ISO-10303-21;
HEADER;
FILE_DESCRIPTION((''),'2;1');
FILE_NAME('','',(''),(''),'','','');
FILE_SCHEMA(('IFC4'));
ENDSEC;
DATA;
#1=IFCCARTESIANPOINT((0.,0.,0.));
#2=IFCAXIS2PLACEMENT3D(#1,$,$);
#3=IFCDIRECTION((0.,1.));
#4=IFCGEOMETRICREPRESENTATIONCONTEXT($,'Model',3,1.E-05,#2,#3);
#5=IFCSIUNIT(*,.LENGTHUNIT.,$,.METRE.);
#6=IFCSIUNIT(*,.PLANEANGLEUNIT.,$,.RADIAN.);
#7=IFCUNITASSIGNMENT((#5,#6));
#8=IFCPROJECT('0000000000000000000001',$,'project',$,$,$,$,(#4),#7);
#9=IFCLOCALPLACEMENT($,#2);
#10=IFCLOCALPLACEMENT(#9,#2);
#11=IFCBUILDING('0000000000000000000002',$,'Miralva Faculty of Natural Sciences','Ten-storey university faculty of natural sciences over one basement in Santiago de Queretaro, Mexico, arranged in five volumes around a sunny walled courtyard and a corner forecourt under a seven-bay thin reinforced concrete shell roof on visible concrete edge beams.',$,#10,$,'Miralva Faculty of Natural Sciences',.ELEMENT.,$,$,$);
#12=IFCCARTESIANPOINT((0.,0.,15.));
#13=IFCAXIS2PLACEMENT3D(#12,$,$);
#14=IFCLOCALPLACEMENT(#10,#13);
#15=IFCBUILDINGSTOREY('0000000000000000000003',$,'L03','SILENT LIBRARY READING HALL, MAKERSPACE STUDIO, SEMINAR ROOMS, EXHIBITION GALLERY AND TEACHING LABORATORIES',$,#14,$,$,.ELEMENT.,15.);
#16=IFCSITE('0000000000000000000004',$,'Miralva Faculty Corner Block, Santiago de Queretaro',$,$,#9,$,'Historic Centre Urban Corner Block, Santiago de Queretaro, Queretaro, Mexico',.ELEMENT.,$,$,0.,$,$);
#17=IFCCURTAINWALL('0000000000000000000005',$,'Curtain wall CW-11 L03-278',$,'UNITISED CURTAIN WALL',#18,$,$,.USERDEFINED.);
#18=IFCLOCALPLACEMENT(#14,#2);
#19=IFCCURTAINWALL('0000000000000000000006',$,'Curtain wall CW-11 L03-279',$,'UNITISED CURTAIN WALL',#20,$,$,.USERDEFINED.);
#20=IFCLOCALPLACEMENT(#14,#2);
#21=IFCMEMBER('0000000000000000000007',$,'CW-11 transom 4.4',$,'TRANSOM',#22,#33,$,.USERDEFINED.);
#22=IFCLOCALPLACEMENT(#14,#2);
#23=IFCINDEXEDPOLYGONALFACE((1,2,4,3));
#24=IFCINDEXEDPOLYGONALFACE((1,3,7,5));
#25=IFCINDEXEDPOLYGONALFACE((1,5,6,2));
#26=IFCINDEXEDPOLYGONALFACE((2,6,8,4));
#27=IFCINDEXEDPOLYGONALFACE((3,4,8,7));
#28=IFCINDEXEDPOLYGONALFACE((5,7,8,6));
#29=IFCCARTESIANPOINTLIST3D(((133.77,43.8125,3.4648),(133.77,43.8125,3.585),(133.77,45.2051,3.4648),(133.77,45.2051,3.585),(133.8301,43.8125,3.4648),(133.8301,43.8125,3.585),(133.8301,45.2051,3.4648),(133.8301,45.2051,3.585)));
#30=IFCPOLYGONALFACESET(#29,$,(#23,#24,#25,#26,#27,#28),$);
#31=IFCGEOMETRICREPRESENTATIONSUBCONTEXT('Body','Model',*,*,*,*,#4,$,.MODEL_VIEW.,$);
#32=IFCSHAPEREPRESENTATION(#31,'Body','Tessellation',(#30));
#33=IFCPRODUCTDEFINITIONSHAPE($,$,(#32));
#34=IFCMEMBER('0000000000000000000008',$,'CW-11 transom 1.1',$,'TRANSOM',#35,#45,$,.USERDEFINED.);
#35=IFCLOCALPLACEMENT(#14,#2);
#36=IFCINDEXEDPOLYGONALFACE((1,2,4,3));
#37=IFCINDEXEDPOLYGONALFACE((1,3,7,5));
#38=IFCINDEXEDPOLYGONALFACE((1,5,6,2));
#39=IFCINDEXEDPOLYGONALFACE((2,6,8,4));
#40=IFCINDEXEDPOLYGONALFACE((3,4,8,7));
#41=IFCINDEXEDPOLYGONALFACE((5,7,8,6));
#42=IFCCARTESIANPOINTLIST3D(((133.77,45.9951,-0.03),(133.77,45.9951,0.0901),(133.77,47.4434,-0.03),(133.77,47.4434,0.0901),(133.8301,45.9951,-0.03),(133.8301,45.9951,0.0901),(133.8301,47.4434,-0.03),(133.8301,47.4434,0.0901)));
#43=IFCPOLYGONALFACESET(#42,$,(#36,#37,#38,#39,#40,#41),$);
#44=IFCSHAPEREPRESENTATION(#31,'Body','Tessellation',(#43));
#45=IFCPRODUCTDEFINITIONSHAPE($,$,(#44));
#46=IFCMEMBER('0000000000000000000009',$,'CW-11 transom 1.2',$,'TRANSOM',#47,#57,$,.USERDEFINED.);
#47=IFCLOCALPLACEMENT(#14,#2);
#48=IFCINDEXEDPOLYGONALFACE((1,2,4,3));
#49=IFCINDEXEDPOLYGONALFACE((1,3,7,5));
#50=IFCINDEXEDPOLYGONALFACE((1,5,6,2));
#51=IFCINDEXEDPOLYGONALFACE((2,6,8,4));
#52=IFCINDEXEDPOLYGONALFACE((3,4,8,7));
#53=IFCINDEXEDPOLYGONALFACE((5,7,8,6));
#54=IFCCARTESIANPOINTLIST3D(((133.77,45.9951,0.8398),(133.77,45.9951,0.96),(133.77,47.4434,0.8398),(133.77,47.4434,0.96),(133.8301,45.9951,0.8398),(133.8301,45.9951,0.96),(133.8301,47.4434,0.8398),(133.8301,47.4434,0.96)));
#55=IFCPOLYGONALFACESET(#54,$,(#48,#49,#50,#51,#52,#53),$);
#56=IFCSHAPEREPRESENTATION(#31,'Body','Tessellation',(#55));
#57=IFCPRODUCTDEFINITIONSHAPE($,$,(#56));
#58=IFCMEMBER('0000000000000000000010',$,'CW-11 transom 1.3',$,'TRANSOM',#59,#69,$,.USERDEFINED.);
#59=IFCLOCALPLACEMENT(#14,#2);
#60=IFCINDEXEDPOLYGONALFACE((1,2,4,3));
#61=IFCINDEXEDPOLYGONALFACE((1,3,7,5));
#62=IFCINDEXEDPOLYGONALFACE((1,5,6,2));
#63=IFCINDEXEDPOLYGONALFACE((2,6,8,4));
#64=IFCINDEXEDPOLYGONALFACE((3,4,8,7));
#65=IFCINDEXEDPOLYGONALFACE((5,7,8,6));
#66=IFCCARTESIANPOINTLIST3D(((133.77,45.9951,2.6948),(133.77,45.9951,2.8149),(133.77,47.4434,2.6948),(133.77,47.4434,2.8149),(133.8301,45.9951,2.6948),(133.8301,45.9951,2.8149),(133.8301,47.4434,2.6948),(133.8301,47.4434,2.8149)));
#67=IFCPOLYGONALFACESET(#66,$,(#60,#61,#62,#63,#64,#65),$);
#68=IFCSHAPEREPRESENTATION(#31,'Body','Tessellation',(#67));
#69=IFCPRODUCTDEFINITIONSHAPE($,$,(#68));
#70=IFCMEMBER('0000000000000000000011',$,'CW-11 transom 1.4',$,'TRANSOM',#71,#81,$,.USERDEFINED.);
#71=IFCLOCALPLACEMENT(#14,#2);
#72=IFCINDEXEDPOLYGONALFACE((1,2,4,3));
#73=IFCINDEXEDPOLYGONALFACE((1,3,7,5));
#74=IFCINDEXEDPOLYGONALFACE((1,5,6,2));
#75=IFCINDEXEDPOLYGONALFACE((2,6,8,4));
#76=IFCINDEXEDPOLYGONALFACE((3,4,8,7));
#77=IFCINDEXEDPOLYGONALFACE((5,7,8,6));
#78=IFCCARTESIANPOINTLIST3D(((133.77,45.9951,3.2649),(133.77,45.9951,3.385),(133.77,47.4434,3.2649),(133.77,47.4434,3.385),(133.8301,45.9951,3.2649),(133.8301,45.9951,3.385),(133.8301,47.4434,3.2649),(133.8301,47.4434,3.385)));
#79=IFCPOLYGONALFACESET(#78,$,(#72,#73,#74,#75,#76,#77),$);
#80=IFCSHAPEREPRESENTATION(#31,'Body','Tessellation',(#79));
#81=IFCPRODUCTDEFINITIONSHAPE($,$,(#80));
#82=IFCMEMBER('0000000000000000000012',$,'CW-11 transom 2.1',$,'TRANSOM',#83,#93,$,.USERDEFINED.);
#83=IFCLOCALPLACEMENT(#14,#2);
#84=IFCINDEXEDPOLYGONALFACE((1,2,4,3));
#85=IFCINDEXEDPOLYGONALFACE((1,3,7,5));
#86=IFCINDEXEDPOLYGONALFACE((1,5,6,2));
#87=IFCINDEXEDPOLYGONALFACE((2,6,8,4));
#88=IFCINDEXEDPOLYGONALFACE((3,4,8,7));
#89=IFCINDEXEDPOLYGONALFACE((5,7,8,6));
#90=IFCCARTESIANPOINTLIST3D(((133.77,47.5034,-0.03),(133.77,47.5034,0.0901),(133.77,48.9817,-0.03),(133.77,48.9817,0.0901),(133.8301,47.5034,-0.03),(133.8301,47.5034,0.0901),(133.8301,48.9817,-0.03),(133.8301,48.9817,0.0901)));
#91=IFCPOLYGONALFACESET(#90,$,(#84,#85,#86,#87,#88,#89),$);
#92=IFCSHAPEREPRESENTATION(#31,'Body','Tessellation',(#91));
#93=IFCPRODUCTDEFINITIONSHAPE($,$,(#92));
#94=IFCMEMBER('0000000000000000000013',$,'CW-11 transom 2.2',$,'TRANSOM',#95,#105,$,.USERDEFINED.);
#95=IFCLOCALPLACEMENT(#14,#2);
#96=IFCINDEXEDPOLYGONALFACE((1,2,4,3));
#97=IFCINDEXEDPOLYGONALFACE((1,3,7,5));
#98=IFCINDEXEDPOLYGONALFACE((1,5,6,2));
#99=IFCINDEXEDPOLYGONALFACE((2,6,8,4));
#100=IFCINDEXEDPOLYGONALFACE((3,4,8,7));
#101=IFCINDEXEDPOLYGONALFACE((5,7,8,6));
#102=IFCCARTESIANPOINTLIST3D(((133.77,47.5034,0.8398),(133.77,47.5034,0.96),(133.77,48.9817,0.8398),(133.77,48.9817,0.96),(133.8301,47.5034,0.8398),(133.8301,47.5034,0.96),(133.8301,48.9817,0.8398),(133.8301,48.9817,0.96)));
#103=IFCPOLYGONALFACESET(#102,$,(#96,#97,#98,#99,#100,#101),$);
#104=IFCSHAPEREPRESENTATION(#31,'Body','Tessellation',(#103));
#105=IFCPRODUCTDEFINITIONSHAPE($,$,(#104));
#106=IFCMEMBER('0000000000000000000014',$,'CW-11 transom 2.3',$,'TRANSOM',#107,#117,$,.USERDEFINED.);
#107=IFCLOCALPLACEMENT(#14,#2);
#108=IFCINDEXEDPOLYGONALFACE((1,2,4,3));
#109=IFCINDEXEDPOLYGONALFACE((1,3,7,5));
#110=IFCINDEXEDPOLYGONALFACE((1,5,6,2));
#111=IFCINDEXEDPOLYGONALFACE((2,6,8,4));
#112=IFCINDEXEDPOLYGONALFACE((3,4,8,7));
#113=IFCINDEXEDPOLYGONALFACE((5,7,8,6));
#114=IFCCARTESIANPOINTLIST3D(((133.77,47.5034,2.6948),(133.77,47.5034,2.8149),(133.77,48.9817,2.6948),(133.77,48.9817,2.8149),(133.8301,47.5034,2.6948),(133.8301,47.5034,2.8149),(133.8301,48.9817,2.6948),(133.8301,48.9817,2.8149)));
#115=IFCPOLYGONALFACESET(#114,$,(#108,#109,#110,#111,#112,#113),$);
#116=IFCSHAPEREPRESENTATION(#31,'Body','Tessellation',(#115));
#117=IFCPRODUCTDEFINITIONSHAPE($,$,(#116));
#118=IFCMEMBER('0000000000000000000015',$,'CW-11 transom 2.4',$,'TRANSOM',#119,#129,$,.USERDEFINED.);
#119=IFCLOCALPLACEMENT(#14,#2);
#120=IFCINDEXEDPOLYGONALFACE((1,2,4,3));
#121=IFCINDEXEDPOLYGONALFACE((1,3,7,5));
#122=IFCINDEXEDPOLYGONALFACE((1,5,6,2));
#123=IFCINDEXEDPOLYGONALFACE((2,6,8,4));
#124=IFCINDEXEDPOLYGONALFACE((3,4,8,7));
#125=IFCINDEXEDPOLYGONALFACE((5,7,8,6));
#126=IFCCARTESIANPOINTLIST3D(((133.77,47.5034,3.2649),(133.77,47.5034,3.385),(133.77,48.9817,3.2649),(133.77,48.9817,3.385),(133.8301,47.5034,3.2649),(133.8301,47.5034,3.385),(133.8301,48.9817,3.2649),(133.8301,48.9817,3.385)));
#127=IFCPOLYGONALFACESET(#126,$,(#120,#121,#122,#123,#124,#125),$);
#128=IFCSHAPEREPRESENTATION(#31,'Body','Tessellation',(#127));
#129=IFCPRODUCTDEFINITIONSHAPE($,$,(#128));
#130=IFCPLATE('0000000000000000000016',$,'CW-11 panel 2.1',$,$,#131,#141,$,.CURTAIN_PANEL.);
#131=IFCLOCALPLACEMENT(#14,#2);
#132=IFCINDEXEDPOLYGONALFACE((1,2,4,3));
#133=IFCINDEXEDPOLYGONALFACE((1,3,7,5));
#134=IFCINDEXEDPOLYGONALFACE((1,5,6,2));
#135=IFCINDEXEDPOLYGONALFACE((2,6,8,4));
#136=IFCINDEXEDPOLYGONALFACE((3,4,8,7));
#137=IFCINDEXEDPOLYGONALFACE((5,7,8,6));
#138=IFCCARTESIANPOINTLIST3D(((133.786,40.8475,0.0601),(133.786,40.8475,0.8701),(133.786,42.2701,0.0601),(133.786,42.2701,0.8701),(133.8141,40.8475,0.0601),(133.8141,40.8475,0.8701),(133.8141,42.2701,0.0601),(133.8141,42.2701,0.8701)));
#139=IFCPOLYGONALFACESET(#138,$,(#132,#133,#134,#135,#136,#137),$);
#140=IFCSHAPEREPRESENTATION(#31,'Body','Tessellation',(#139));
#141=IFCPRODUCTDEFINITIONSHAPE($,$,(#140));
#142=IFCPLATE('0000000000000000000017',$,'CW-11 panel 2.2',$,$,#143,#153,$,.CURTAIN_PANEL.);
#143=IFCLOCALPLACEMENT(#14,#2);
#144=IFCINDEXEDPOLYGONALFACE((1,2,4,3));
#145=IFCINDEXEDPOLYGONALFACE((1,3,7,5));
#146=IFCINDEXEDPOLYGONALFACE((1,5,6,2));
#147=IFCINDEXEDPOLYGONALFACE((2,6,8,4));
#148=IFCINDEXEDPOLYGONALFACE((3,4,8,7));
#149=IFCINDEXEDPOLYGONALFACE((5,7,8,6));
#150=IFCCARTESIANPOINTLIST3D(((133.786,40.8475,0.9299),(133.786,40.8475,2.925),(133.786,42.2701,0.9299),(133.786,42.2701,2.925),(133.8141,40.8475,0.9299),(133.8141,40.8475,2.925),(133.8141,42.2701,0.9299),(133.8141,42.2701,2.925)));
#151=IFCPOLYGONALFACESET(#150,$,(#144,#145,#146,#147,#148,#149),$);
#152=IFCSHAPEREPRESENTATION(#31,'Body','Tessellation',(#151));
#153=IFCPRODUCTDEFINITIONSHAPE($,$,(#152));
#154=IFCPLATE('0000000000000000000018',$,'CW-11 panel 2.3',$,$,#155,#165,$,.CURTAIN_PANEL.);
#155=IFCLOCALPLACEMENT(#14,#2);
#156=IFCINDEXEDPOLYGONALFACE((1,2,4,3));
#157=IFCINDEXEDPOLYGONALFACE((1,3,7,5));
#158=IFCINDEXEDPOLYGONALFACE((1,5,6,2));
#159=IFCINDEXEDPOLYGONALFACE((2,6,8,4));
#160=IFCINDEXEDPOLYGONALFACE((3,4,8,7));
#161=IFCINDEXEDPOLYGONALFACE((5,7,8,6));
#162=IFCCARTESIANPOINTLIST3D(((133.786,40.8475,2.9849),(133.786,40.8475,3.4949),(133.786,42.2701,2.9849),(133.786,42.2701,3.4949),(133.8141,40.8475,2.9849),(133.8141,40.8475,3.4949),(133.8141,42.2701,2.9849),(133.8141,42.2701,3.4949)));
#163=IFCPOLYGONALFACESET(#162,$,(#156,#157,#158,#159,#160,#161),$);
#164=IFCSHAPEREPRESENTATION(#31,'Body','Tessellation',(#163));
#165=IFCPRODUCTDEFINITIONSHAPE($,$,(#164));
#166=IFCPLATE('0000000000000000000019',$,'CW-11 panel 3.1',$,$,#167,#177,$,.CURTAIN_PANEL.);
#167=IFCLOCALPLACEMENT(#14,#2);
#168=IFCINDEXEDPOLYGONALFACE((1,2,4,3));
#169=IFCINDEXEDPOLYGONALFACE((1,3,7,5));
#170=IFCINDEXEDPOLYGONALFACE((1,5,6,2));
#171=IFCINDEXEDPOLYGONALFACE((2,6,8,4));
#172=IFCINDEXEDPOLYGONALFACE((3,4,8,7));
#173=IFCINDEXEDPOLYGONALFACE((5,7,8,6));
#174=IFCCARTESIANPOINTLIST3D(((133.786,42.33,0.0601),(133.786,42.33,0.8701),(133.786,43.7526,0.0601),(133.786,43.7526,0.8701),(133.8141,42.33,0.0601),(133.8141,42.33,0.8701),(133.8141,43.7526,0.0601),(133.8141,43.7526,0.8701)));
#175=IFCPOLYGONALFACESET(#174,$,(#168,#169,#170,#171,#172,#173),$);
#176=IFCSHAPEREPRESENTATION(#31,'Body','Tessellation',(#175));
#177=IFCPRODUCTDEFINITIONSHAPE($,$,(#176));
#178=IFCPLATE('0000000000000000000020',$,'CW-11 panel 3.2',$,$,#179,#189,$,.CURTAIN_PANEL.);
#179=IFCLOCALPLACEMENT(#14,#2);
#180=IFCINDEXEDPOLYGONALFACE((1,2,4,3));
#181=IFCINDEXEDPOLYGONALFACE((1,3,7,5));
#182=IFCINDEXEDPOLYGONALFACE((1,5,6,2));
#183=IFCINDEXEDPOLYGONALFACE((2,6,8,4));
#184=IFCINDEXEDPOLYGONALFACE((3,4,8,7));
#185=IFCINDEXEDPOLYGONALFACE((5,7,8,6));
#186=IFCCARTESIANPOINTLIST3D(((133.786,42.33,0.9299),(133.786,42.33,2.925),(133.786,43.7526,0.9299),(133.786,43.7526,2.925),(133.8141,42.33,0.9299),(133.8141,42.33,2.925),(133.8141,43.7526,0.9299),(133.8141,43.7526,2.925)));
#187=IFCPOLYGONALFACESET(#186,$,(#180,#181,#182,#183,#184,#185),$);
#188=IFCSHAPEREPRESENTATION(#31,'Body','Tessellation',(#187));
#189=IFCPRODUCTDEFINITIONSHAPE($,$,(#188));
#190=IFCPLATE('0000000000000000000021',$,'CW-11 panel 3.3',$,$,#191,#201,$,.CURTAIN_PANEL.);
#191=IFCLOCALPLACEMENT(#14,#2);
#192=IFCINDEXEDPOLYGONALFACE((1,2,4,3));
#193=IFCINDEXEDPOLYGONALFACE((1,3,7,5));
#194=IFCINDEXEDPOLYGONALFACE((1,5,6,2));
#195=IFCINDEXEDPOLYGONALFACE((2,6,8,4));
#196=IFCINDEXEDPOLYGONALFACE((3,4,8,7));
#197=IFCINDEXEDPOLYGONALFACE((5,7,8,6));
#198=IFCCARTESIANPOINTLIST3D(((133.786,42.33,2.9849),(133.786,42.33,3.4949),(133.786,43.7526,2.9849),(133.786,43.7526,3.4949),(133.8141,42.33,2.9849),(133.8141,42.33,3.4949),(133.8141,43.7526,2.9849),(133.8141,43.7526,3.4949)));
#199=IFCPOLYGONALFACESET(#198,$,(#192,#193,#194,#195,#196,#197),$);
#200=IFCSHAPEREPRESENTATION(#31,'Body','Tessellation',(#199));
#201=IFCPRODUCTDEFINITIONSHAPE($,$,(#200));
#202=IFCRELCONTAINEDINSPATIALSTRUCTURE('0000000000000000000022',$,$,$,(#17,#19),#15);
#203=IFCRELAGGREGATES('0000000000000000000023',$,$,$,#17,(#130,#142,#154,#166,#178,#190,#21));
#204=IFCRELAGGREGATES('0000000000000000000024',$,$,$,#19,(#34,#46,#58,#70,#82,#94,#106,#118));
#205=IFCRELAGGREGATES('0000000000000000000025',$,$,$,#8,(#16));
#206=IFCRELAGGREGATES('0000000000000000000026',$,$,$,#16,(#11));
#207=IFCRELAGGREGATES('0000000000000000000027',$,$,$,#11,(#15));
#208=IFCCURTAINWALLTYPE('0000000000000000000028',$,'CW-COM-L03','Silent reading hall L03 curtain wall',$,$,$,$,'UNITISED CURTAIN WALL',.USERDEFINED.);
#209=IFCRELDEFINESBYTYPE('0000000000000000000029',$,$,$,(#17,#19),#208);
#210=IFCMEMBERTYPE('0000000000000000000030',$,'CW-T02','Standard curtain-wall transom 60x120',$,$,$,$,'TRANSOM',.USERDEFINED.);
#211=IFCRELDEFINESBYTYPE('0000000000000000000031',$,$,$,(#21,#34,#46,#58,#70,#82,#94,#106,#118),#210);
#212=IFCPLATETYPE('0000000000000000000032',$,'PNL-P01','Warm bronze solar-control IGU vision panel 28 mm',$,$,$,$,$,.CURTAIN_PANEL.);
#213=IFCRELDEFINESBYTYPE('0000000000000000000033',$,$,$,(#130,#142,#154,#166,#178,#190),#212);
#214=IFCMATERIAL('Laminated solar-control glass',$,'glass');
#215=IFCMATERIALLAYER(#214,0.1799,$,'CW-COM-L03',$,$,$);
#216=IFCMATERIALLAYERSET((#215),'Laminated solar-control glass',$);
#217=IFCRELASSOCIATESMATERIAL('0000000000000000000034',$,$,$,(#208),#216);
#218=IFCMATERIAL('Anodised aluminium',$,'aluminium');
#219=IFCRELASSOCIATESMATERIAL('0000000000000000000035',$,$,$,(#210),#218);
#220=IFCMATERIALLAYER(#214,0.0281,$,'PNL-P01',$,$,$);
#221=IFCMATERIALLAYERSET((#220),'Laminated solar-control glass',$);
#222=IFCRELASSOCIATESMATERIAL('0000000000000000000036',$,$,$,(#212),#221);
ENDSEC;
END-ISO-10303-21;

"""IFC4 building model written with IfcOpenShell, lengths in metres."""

from ifc_helpers import new_model, si_unit, direction, frame, origin, origin_2d, place, context, subcontext, project, spatial, rectangle, extrude, material, layer, layer_set, material_profile, profile_set, type_object, element, aggregate, save


model = new_model("IFC4")

# Units and contexts
model_context = context("Model", 3, precision=1e-05, world=origin(), true_north=direction((0.0, 1.0)))
body_context = subcontext(model_context, "Body", "Model", "MODEL_VIEW")
ifc_project = project(units=[si_unit("LENGTHUNIT", "METRE"), si_unit("PLANEANGLEUNIT", "RADIAN")], contexts=[model_context])

# Site, building, storey
site_placement = place(None, origin())
site = spatial("IfcSite", under=ifc_project, at=site_placement, Name="Miralva Faculty Corner Block, Santiago de Queretaro", LongName="Historic Centre Urban Corner Block, Santiago de Queretaro, Queretaro, Mexico", CompositionType="ELEMENT", RefElevation=0.0)
building_placement = place(site_placement, origin())
building = spatial("IfcBuilding", under=site, at=building_placement, Name="Miralva Faculty of Natural Sciences", Description="Ten-storey university faculty of natural sciences over one basement in Santiago de Queretaro, Mexico, arranged in five volumes around a sunny walled courtyard and a corner forecourt under a seven-bay thin reinforced concrete shell roof on visible concrete edge beams.", LongName="Miralva Faculty of Natural Sciences", CompositionType="ELEMENT")
storey_placement = place(building_placement, frame((0.0, 0.0, 15.0)))
storey = spatial("IfcBuildingStorey", under=building, at=storey_placement, Name="L03", Description="SILENT LIBRARY READING HALL, MAKERSPACE STUDIO, SEMINAR ROOMS, EXHIBITION GALLERY AND TEACHING LABORATORIES", CompositionType="ELEMENT", Elevation=15.0)

# Curtain walls
ifc_material_1 = material(Name="Laminated solar-control glass", Category="glass")
ifc_layer_1 = layer(ifc_material_1, 0.1799, Name="CW-COM-L03")
ifc_layer_set_1 = layer_set([ifc_layer_1], Name="Laminated solar-control glass")
curtain_wall_type = type_object("IfcCurtainWallType", Name="CW-COM-L03", Description="Silent reading hall L03 curtain wall", ElementType="UNITISED CURTAIN WALL", PredefinedType="USERDEFINED", material=ifc_layer_set_1)
curtain_wall_1_placement = place(storey_placement, origin())
curtain_wall_1 = element("IfcCurtainWall", 1, at=curtain_wall_1_placement, inside=storey, type_object=curtain_wall_type, Name="Curtain wall CW-11 L03-278", ObjectType="UNITISED CURTAIN WALL", PredefinedType="USERDEFINED")
ifc_material_2 = material(Name="Anodised aluminium", Category="aluminium")
curtain_wall_2_placement = place(storey_placement, origin())
curtain_wall_2 = element("IfcCurtainWall", 2, at=curtain_wall_2_placement, inside=storey, type_object=curtain_wall_type, Name="Curtain wall CW-11 L03-279", ObjectType="UNITISED CURTAIN WALL", PredefinedType="USERDEFINED")

# Members
ifc_material_profile_1 = material_profile(ifc_material_2, rectangle(XDim=0.0601, YDim=0.1201, at=origin_2d()), Name="TRANSOM 60x120")
ifc_profile_set_1 = profile_set([ifc_material_profile_1], Name="Anodised aluminium")
member_type_1 = type_object("IfcMemberType", Name="CW-T02", Description="Standard curtain-wall transom 60x120", ElementType="TRANSOM", PredefinedType="USERDEFINED", material=ifc_profile_set_1)
member_1_placement = place(storey_placement, frame((133.8, 43.8125, 3.5249), z_axis=(0.0, 1.0, 0.0), x_axis=(-1.0, 0.0, 0.0)))
member_1 = element("IfcMember", 3, at=member_1_placement, type_object=member_type_1, Name="CW-11 transom 4.4", ObjectType="TRANSOM", PredefinedType="USERDEFINED", context=body_context, shape_type="SweptSolid", body=[
    extrude(rectangle(XDim=0.0601, YDim=0.1201, at=origin_2d()), origin(), (0.0, 0.0, 1.0), 1.3926),
])
member_2_placement = place(storey_placement, frame((133.8, 45.9951, 0.03), z_axis=(0.0, 1.0, 0.0), x_axis=(-1.0, 0.0, 0.0)))
member_2 = element("IfcMember", 4, at=member_2_placement, type_object=member_type_1, Name="CW-11 transom 1.1", ObjectType="TRANSOM", PredefinedType="USERDEFINED", context=body_context, shape_type="SweptSolid", body=[
    extrude(rectangle(XDim=0.0601, YDim=0.1201, at=origin_2d()), origin(), (0.0, 0.0, 1.0), 1.4482),
])
member_3_placement = place(storey_placement, frame((133.8, 45.9951, 0.8999), z_axis=(0.0, 1.0, 0.0), x_axis=(-1.0, 0.0, 0.0)))
member_3 = element("IfcMember", 5, at=member_3_placement, type_object=member_type_1, Name="CW-11 transom 1.2", ObjectType="TRANSOM", PredefinedType="USERDEFINED", context=body_context, shape_type="SweptSolid", body=[
    extrude(rectangle(XDim=0.0601, YDim=0.1201, at=origin_2d()), origin(), (0.0, 0.0, 1.0), 1.4482),
])
member_4_placement = place(storey_placement, frame((133.8, 45.9951, 2.7549), z_axis=(0.0, 1.0, 0.0), x_axis=(-1.0, 0.0, 0.0)))
member_4 = element("IfcMember", 6, at=member_4_placement, type_object=member_type_1, Name="CW-11 transom 1.3", ObjectType="TRANSOM", PredefinedType="USERDEFINED", context=body_context, shape_type="SweptSolid", body=[
    extrude(rectangle(XDim=0.0601, YDim=0.1201, at=origin_2d()), origin(), (0.0, 0.0, 1.0), 1.4482),
])
member_5_placement = place(storey_placement, frame((133.8, 45.9951, 3.325), z_axis=(0.0, 1.0, 0.0), x_axis=(-1.0, 0.0, 0.0)))
member_5 = element("IfcMember", 7, at=member_5_placement, type_object=member_type_1, Name="CW-11 transom 1.4", ObjectType="TRANSOM", PredefinedType="USERDEFINED", context=body_context, shape_type="SweptSolid", body=[
    extrude(rectangle(XDim=0.0601, YDim=0.1201, at=origin_2d()), origin(), (0.0, 0.0, 1.0), 1.4482),
])
member_6_placement = place(storey_placement, frame((133.8, 47.5034, 0.03), z_axis=(0.0, 1.0, 0.0), x_axis=(-1.0, 0.0, 0.0)))
member_6 = element("IfcMember", 8, at=member_6_placement, type_object=member_type_1, Name="CW-11 transom 2.1", ObjectType="TRANSOM", PredefinedType="USERDEFINED", context=body_context, shape_type="SweptSolid", body=[
    extrude(rectangle(XDim=0.0601, YDim=0.1201, at=origin_2d()), origin(), (0.0, 0.0, 1.0), 1.4783),
])
member_7_placement = place(storey_placement, frame((133.8, 47.5034, 0.8999), z_axis=(0.0, 1.0, 0.0), x_axis=(-1.0, 0.0, 0.0)))
member_7 = element("IfcMember", 9, at=member_7_placement, type_object=member_type_1, Name="CW-11 transom 2.2", ObjectType="TRANSOM", PredefinedType="USERDEFINED", context=body_context, shape_type="SweptSolid", body=[
    extrude(rectangle(XDim=0.0601, YDim=0.1201, at=origin_2d()), origin(), (0.0, 0.0, 1.0), 1.4783),
])
member_8_placement = place(storey_placement, frame((133.8, 47.5034, 2.7549), z_axis=(0.0, 1.0, 0.0), x_axis=(-1.0, 0.0, 0.0)))
member_8 = element("IfcMember", 10, at=member_8_placement, type_object=member_type_1, Name="CW-11 transom 2.3", ObjectType="TRANSOM", PredefinedType="USERDEFINED", context=body_context, shape_type="SweptSolid", body=[
    extrude(rectangle(XDim=0.0601, YDim=0.1201, at=origin_2d()), origin(), (0.0, 0.0, 1.0), 1.4783),
])
member_9_placement = place(storey_placement, frame((133.8, 47.5034, 3.325), z_axis=(0.0, 1.0, 0.0), x_axis=(-1.0, 0.0, 0.0)))
member_9 = element("IfcMember", 11, at=member_9_placement, type_object=member_type_1, Name="CW-11 transom 2.4", ObjectType="TRANSOM", PredefinedType="USERDEFINED", context=body_context, shape_type="SweptSolid", body=[
    extrude(rectangle(XDim=0.0601, YDim=0.1201, at=origin_2d()), origin(), (0.0, 0.0, 1.0), 1.4783),
])

# Plates
ifc_layer_2 = layer(ifc_material_1, 0.0281, Name="PNL-P01")
ifc_layer_set_2 = layer_set([ifc_layer_2], Name="Laminated solar-control glass")
plate_type = type_object("IfcPlateType", Name="PNL-P01", Description="Warm bronze solar-control IGU vision panel 28 mm", PredefinedType="CURTAIN_PANEL", material=ifc_layer_set_2)
plate_1_placement = place(storey_placement, frame((133.8, 41.5588, 0.0601), z_axis=(0.0, 0.0, 1.0), x_axis=(0.0, 1.0, 0.0)))
plate_1 = element("IfcPlate", 12, at=plate_1_placement, type_object=plate_type, Name="CW-11 panel 2.1", PredefinedType="CURTAIN_PANEL", context=body_context, shape_type="SweptSolid", body=[
    extrude(rectangle(XDim=1.4226, YDim=0.0281, at=origin_2d()), origin(), (0.0, 0.0, 1.0), 0.8101),
])
plate_2_placement = place(storey_placement, frame((133.8, 41.5588, 0.9299), z_axis=(0.0, 0.0, 1.0), x_axis=(0.0, 1.0, 0.0)))
plate_2 = element("IfcPlate", 13, at=plate_2_placement, type_object=plate_type, Name="CW-11 panel 2.2", PredefinedType="CURTAIN_PANEL", context=body_context, shape_type="SweptSolid", body=[
    extrude(rectangle(XDim=1.4226, YDim=0.0281, at=origin_2d()), origin(), (0.0, 0.0, 1.0), 1.9951),
])
plate_3_placement = place(storey_placement, frame((133.8, 41.5588, 2.9849), z_axis=(0.0, 0.0, 1.0), x_axis=(0.0, 1.0, 0.0)))
plate_3 = element("IfcPlate", 14, at=plate_3_placement, type_object=plate_type, Name="CW-11 panel 2.3", PredefinedType="CURTAIN_PANEL", context=body_context, shape_type="SweptSolid", body=[
    extrude(rectangle(XDim=1.4226, YDim=0.0281, at=origin_2d()), origin(), (0.0, 0.0, 1.0), 0.51),
])
plate_4_placement = place(storey_placement, frame((133.8, 43.0413, 0.0601), z_axis=(0.0, 0.0, 1.0), x_axis=(0.0, 1.0, 0.0)))
plate_4 = element("IfcPlate", 15, at=plate_4_placement, type_object=plate_type, Name="CW-11 panel 3.1", PredefinedType="CURTAIN_PANEL", context=body_context, shape_type="SweptSolid", body=[
    extrude(rectangle(XDim=1.4226, YDim=0.0281, at=origin_2d()), origin(), (0.0, 0.0, 1.0), 0.8101),
])
plate_5_placement = place(storey_placement, frame((133.8, 43.0413, 0.9299), z_axis=(0.0, 0.0, 1.0), x_axis=(0.0, 1.0, 0.0)))
plate_5 = element("IfcPlate", 16, at=plate_5_placement, type_object=plate_type, Name="CW-11 panel 3.2", PredefinedType="CURTAIN_PANEL", context=body_context, shape_type="SweptSolid", body=[
    extrude(rectangle(XDim=1.4226, YDim=0.0281, at=origin_2d()), origin(), (0.0, 0.0, 1.0), 1.9951),
])
plate_6_placement = place(storey_placement, frame((133.8, 43.0413, 2.9849), z_axis=(0.0, 0.0, 1.0), x_axis=(0.0, 1.0, 0.0)))
plate_6 = element("IfcPlate", 17, at=plate_6_placement, type_object=plate_type, Name="CW-11 panel 3.3", PredefinedType="CURTAIN_PANEL", context=body_context, shape_type="SweptSolid", body=[
    extrude(rectangle(XDim=1.4226, YDim=0.0281, at=origin_2d()), origin(), (0.0, 0.0, 1.0), 0.51),
])
aggregate(curtain_wall_1, [plate_1, plate_2, plate_3, plate_4, plate_5, plate_6, member_1])
aggregate(curtain_wall_2, [member_2, member_3, member_4, member_5, member_6, member_7, member_8, member_9])

save(model, "model.ifc")
